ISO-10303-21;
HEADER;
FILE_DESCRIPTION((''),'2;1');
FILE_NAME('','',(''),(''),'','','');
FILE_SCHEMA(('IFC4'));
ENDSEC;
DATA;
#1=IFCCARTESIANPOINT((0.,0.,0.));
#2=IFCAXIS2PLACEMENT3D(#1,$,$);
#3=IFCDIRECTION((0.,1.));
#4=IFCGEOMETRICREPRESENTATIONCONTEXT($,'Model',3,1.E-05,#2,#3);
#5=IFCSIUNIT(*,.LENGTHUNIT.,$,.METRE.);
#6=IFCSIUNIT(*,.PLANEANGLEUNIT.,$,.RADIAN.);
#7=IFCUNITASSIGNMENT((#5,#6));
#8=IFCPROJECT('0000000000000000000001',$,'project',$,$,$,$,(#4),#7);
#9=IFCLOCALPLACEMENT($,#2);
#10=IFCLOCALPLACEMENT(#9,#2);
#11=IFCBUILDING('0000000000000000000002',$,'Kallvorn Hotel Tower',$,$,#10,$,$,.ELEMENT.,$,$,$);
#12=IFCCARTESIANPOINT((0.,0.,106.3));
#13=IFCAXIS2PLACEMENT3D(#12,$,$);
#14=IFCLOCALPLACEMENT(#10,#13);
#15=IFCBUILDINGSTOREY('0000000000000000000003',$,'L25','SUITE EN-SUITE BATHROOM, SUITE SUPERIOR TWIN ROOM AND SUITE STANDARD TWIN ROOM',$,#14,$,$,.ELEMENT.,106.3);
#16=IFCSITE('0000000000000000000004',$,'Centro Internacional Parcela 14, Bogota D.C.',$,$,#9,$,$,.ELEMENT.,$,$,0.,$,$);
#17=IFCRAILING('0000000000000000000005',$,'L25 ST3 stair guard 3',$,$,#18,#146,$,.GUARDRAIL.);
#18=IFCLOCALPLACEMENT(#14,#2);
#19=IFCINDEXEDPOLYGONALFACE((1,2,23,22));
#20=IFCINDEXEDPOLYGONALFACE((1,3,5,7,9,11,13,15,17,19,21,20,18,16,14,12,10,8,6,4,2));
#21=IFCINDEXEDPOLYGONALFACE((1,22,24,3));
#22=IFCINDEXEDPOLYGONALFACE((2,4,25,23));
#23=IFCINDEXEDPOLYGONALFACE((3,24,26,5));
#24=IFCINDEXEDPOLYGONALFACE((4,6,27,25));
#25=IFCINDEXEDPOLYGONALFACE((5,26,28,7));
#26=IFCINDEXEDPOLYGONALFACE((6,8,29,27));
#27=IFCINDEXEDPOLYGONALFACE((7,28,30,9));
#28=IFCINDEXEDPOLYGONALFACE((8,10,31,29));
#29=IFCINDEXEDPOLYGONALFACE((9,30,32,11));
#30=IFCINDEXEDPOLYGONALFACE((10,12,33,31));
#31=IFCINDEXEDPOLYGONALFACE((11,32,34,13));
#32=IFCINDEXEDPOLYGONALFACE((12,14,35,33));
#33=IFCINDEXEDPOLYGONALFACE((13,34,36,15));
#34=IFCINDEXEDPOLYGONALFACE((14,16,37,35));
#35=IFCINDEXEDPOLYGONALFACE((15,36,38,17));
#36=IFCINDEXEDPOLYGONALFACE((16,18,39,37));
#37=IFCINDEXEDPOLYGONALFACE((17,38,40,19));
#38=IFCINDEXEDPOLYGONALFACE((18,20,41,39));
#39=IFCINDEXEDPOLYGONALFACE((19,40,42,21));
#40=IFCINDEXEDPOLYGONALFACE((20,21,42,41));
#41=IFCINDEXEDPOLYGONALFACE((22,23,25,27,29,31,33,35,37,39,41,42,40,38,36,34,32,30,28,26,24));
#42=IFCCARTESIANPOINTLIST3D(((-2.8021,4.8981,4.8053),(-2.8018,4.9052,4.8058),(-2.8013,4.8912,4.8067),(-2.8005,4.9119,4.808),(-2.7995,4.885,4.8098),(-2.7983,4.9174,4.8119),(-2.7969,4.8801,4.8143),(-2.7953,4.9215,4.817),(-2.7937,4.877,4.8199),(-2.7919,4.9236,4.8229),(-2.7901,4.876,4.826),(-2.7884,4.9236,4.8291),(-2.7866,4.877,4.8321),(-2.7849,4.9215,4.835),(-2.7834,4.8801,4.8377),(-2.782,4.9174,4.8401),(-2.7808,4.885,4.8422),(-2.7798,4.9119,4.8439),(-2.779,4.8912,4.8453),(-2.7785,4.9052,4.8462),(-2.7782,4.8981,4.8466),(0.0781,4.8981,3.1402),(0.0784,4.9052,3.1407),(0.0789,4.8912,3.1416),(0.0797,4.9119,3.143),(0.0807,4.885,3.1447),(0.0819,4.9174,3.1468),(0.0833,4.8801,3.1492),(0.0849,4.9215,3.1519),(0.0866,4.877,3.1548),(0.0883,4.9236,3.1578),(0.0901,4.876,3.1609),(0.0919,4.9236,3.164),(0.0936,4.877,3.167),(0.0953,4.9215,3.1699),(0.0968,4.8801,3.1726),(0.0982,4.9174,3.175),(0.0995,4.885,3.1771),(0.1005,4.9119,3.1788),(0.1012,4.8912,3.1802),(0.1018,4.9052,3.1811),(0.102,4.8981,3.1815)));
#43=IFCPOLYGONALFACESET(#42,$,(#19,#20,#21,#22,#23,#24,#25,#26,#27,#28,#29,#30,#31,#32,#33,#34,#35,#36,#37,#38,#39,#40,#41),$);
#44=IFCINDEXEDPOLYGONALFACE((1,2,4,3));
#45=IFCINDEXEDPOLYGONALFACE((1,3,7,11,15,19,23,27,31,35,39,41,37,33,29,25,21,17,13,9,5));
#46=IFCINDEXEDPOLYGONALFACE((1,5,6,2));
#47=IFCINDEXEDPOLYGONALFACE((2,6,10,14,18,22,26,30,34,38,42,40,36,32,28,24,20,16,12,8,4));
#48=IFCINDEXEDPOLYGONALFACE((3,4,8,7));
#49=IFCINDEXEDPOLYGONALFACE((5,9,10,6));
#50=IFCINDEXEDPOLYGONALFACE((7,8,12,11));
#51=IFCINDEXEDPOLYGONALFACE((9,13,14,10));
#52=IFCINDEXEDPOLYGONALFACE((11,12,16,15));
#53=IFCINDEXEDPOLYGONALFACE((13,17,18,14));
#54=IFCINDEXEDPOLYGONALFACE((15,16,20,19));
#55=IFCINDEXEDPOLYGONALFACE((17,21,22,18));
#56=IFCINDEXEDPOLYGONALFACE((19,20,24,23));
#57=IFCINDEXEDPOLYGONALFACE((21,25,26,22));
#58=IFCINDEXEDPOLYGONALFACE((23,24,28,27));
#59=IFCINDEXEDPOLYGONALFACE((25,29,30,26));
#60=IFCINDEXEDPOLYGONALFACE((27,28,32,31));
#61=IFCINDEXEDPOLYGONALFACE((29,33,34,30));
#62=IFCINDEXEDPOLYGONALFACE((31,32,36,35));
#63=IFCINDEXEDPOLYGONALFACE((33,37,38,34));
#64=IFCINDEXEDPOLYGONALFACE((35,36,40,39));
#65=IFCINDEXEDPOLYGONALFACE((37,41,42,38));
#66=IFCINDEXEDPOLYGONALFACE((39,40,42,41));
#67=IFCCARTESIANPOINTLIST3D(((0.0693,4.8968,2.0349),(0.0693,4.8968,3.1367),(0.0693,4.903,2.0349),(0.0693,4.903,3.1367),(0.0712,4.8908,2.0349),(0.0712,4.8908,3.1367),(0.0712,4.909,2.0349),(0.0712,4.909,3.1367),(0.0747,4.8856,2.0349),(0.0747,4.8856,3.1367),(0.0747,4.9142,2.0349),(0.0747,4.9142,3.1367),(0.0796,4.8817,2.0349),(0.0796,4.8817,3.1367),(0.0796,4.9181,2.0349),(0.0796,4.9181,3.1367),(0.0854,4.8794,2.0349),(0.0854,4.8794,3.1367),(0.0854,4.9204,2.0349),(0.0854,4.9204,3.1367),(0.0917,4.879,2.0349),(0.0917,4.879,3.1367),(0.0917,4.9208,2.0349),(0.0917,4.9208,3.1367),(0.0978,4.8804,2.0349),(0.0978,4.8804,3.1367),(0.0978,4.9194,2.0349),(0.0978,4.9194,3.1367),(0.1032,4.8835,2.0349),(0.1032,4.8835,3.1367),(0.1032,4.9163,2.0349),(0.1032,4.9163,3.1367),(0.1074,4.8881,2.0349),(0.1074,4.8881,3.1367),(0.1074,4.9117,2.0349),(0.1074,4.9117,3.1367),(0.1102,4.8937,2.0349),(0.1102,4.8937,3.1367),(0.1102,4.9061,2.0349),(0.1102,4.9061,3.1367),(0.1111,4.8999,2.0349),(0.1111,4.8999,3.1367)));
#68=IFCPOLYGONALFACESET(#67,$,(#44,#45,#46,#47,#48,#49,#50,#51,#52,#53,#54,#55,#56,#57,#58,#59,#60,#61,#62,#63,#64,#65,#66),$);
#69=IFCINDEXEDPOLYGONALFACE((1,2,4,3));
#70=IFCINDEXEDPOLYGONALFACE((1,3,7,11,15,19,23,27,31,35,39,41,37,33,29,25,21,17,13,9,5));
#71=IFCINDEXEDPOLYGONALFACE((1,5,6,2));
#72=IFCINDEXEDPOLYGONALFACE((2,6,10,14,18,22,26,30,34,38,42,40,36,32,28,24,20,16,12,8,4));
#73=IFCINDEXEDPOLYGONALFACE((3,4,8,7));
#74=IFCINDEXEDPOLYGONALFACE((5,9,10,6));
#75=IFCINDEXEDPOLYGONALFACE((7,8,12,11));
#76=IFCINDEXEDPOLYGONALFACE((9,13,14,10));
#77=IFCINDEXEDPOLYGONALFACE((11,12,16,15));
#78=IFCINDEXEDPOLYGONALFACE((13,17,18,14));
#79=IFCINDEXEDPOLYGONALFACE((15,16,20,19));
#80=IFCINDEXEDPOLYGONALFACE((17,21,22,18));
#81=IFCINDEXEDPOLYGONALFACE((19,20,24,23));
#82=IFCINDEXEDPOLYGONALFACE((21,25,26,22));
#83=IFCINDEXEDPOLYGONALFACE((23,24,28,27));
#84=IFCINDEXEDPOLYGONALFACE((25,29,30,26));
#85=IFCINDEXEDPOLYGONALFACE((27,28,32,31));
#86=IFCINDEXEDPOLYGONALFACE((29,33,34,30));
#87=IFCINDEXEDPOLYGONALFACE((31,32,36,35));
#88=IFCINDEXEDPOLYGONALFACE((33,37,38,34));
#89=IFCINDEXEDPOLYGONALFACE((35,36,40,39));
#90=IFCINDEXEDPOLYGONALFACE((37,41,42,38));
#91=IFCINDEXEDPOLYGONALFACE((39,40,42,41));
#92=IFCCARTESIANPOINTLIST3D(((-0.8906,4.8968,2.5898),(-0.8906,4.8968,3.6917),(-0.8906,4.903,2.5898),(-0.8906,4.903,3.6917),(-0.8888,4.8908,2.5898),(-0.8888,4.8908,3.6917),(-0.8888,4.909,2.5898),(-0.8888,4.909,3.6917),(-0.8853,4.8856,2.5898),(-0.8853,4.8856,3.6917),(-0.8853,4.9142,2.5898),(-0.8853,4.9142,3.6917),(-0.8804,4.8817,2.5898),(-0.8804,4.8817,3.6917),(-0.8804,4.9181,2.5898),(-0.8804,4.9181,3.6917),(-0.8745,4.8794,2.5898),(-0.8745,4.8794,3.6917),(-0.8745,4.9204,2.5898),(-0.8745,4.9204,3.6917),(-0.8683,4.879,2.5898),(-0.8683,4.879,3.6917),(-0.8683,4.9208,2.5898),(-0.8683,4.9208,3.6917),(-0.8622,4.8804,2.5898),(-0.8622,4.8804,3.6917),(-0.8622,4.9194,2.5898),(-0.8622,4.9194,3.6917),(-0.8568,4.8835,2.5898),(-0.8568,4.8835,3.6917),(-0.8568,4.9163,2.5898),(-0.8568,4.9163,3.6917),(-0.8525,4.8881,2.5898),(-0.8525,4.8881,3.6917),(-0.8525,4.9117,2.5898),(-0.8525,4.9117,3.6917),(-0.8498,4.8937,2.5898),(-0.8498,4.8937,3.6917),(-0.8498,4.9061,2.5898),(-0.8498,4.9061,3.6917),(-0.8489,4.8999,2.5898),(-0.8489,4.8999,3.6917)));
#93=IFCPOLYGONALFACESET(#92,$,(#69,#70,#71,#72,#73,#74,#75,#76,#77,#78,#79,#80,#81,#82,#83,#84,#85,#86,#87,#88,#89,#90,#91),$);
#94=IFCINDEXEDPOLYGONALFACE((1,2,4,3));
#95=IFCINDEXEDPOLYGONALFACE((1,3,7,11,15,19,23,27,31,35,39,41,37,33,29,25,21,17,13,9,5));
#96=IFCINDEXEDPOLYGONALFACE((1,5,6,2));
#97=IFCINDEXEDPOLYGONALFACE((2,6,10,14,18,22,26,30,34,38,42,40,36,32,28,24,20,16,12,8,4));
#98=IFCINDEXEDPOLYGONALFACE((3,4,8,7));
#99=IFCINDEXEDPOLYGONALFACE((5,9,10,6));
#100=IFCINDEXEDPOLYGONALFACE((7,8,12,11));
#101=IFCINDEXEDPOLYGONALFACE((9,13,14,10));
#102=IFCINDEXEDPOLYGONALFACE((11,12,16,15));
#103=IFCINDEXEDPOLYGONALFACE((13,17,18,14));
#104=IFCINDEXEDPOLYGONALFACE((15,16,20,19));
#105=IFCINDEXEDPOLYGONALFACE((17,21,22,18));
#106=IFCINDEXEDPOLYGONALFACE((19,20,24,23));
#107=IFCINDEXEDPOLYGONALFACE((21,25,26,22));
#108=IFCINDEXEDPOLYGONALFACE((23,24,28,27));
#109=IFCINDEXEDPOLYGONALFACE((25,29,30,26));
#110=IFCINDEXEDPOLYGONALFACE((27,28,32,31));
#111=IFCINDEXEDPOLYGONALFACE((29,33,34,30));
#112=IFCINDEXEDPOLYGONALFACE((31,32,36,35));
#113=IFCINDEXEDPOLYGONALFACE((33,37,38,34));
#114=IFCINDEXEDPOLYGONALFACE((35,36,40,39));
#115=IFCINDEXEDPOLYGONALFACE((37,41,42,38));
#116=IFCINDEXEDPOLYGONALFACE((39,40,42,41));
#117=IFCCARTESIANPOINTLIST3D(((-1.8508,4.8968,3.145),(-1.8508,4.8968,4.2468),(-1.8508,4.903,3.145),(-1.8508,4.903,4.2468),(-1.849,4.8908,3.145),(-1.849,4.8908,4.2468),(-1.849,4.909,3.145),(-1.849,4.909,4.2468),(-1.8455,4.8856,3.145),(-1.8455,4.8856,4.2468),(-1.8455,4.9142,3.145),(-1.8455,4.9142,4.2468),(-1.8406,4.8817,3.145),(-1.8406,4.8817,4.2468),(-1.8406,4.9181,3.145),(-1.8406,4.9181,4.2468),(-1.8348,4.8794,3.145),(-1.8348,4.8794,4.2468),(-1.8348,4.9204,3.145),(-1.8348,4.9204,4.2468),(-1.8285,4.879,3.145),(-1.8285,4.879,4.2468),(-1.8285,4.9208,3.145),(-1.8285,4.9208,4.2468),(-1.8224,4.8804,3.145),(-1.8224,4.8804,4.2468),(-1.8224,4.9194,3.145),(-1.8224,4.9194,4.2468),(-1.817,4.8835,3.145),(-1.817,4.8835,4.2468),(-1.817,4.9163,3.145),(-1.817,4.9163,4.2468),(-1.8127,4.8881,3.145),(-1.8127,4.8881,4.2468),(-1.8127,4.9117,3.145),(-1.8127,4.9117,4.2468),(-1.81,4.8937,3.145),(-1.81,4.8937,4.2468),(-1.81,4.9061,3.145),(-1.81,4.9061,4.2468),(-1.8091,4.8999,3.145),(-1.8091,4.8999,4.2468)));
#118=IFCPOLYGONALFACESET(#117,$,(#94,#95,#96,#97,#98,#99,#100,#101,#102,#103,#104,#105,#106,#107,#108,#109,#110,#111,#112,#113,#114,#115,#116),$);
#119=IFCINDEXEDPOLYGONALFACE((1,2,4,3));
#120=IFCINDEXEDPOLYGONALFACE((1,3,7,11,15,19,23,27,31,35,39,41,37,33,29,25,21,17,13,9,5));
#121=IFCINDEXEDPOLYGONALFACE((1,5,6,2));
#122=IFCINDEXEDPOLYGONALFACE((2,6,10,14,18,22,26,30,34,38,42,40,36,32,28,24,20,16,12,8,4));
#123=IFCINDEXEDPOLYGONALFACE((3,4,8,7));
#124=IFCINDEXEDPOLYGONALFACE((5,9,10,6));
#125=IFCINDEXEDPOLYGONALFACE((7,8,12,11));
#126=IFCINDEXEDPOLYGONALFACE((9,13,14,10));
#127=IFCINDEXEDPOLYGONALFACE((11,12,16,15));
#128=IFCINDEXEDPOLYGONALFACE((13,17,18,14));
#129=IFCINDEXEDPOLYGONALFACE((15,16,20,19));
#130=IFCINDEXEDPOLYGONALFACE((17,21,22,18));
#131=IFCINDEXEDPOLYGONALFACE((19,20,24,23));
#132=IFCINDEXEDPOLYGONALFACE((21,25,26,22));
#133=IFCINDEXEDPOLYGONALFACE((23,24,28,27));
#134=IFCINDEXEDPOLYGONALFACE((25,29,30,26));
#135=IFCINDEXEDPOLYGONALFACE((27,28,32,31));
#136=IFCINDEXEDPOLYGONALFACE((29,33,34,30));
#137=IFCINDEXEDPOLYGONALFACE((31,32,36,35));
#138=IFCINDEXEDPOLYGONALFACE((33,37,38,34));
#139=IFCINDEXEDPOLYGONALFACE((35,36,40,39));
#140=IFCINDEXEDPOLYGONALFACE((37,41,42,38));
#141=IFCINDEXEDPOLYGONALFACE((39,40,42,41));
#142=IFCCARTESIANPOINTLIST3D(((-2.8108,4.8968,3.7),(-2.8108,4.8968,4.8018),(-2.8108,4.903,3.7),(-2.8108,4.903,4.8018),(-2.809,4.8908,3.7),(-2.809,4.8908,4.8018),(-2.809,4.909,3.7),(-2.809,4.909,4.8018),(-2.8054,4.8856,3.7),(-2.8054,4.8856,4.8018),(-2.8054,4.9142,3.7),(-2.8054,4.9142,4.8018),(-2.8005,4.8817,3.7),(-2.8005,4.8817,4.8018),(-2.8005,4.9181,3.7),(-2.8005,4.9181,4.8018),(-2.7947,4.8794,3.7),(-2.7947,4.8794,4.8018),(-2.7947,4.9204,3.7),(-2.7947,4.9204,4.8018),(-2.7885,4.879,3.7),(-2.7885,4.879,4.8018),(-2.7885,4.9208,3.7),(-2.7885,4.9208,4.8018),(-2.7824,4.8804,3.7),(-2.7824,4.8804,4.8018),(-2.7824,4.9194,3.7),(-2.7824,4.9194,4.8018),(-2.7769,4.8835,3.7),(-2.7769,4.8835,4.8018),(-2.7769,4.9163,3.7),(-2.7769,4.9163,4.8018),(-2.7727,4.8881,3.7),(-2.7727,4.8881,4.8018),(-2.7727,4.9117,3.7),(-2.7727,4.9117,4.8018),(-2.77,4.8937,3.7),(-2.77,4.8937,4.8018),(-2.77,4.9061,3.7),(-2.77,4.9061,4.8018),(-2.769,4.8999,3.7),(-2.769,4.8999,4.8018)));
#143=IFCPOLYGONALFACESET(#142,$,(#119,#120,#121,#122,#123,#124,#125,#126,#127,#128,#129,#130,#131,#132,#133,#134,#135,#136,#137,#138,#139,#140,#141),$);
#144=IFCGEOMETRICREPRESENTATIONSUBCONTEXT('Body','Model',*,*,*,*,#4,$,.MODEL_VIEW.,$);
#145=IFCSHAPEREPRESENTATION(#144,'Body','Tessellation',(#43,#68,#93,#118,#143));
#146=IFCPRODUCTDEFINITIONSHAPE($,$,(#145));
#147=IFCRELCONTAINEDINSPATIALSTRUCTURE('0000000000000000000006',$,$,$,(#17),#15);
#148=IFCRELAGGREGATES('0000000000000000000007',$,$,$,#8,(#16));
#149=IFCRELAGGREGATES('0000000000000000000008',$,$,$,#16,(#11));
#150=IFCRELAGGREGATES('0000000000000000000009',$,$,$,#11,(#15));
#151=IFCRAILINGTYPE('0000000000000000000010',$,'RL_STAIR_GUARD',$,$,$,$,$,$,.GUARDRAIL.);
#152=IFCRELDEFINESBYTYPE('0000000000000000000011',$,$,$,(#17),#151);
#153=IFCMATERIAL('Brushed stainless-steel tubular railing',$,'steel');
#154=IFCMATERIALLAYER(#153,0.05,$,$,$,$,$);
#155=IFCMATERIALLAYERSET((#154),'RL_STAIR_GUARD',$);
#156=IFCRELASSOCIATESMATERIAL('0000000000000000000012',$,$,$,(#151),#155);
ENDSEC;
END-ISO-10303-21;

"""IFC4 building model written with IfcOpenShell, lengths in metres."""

from ifc_helpers import new_model, si_unit, direction, frame, origin, origin_2d, place, context, subcontext, project, spatial, circle, extrude, material, layer, layer_set, type_object, element, save


model = new_model("IFC4")

# Units and contexts
model_context = context("Model", 3, precision=1e-05, world=origin(), true_north=direction((0.0, 1.0)))
body_context = subcontext(model_context, "Body", "Model", "MODEL_VIEW")
ifc_project = project(units=[si_unit("LENGTHUNIT", "METRE"), si_unit("PLANEANGLEUNIT", "RADIAN")], contexts=[model_context])

# Site, building, storey
site_placement = place(None, origin())
site = spatial("IfcSite", under=ifc_project, at=site_placement, Name="Centro Internacional Parcela 14, Bogota D.C.", CompositionType="ELEMENT", RefElevation=0.0)
building_placement = place(site_placement, origin())
building = spatial("IfcBuilding", under=site, at=building_placement, Name="Kallvorn Hotel Tower", CompositionType="ELEMENT")
storey_placement = place(building_placement, frame((0.0, 0.0, 106.3)))
storey = spatial("IfcBuildingStorey", under=building, at=storey_placement, Name="L25", Description="SUITE EN-SUITE BATHROOM, SUITE SUPERIOR TWIN ROOM AND SUITE STANDARD TWIN ROOM", CompositionType="ELEMENT", Elevation=106.3)

# Railing
ifc_material_1 = material(Name="Brushed stainless-steel tubular railing", Category="steel")
ifc_layer_1 = layer(ifc_material_1, 0.05)
ifc_layer_set_1 = layer_set([ifc_layer_1], Name="RL_STAIR_GUARD")
railing_type_1 = type_object("IfcRailingType", Name="RL_STAIR_GUARD", PredefinedType="GUARDRAIL", material=ifc_layer_set_1)
railing_1_placement = place(storey_placement, frame((0.0901, 4.8999, 2.0349)))
element("IfcRailing", 1, at=railing_1_placement, inside=storey, type_object=railing_type_1, Name="L25 ST3 stair guard 3", PredefinedType="GUARDRAIL", context=body_context, shape_type="SweptSolid", body=[
    extrude(circle(Radius=0.0239, at=origin_2d()), frame((0.0, 0.0, 1.126), z_axis=(-0.865739, 0.0, 0.500495), x_axis=(0.0, -1.0, 0.0)), (0.0, 0.0, 1.0), 3.3269),
    extrude(circle(Radius=0.021, at=origin_2d()), origin(), (0.0, 0.0, 1.0), 1.1018),
    extrude(circle(Radius=0.021, at=origin_2d()), frame((-0.96, 0.0, 0.5549)), (0.0, 0.0, 1.0), 1.1018),
    extrude(circle(Radius=0.021, at=origin_2d()), frame((-1.9202, 0.0, 1.1101)), (0.0, 0.0, 1.0), 1.1018),
    extrude(circle(Radius=0.021, at=origin_2d()), frame((-2.8801, 0.0, 1.665)), (0.0, 0.0, 1.0), 1.1018),
])

save(model, "model.ifc")
